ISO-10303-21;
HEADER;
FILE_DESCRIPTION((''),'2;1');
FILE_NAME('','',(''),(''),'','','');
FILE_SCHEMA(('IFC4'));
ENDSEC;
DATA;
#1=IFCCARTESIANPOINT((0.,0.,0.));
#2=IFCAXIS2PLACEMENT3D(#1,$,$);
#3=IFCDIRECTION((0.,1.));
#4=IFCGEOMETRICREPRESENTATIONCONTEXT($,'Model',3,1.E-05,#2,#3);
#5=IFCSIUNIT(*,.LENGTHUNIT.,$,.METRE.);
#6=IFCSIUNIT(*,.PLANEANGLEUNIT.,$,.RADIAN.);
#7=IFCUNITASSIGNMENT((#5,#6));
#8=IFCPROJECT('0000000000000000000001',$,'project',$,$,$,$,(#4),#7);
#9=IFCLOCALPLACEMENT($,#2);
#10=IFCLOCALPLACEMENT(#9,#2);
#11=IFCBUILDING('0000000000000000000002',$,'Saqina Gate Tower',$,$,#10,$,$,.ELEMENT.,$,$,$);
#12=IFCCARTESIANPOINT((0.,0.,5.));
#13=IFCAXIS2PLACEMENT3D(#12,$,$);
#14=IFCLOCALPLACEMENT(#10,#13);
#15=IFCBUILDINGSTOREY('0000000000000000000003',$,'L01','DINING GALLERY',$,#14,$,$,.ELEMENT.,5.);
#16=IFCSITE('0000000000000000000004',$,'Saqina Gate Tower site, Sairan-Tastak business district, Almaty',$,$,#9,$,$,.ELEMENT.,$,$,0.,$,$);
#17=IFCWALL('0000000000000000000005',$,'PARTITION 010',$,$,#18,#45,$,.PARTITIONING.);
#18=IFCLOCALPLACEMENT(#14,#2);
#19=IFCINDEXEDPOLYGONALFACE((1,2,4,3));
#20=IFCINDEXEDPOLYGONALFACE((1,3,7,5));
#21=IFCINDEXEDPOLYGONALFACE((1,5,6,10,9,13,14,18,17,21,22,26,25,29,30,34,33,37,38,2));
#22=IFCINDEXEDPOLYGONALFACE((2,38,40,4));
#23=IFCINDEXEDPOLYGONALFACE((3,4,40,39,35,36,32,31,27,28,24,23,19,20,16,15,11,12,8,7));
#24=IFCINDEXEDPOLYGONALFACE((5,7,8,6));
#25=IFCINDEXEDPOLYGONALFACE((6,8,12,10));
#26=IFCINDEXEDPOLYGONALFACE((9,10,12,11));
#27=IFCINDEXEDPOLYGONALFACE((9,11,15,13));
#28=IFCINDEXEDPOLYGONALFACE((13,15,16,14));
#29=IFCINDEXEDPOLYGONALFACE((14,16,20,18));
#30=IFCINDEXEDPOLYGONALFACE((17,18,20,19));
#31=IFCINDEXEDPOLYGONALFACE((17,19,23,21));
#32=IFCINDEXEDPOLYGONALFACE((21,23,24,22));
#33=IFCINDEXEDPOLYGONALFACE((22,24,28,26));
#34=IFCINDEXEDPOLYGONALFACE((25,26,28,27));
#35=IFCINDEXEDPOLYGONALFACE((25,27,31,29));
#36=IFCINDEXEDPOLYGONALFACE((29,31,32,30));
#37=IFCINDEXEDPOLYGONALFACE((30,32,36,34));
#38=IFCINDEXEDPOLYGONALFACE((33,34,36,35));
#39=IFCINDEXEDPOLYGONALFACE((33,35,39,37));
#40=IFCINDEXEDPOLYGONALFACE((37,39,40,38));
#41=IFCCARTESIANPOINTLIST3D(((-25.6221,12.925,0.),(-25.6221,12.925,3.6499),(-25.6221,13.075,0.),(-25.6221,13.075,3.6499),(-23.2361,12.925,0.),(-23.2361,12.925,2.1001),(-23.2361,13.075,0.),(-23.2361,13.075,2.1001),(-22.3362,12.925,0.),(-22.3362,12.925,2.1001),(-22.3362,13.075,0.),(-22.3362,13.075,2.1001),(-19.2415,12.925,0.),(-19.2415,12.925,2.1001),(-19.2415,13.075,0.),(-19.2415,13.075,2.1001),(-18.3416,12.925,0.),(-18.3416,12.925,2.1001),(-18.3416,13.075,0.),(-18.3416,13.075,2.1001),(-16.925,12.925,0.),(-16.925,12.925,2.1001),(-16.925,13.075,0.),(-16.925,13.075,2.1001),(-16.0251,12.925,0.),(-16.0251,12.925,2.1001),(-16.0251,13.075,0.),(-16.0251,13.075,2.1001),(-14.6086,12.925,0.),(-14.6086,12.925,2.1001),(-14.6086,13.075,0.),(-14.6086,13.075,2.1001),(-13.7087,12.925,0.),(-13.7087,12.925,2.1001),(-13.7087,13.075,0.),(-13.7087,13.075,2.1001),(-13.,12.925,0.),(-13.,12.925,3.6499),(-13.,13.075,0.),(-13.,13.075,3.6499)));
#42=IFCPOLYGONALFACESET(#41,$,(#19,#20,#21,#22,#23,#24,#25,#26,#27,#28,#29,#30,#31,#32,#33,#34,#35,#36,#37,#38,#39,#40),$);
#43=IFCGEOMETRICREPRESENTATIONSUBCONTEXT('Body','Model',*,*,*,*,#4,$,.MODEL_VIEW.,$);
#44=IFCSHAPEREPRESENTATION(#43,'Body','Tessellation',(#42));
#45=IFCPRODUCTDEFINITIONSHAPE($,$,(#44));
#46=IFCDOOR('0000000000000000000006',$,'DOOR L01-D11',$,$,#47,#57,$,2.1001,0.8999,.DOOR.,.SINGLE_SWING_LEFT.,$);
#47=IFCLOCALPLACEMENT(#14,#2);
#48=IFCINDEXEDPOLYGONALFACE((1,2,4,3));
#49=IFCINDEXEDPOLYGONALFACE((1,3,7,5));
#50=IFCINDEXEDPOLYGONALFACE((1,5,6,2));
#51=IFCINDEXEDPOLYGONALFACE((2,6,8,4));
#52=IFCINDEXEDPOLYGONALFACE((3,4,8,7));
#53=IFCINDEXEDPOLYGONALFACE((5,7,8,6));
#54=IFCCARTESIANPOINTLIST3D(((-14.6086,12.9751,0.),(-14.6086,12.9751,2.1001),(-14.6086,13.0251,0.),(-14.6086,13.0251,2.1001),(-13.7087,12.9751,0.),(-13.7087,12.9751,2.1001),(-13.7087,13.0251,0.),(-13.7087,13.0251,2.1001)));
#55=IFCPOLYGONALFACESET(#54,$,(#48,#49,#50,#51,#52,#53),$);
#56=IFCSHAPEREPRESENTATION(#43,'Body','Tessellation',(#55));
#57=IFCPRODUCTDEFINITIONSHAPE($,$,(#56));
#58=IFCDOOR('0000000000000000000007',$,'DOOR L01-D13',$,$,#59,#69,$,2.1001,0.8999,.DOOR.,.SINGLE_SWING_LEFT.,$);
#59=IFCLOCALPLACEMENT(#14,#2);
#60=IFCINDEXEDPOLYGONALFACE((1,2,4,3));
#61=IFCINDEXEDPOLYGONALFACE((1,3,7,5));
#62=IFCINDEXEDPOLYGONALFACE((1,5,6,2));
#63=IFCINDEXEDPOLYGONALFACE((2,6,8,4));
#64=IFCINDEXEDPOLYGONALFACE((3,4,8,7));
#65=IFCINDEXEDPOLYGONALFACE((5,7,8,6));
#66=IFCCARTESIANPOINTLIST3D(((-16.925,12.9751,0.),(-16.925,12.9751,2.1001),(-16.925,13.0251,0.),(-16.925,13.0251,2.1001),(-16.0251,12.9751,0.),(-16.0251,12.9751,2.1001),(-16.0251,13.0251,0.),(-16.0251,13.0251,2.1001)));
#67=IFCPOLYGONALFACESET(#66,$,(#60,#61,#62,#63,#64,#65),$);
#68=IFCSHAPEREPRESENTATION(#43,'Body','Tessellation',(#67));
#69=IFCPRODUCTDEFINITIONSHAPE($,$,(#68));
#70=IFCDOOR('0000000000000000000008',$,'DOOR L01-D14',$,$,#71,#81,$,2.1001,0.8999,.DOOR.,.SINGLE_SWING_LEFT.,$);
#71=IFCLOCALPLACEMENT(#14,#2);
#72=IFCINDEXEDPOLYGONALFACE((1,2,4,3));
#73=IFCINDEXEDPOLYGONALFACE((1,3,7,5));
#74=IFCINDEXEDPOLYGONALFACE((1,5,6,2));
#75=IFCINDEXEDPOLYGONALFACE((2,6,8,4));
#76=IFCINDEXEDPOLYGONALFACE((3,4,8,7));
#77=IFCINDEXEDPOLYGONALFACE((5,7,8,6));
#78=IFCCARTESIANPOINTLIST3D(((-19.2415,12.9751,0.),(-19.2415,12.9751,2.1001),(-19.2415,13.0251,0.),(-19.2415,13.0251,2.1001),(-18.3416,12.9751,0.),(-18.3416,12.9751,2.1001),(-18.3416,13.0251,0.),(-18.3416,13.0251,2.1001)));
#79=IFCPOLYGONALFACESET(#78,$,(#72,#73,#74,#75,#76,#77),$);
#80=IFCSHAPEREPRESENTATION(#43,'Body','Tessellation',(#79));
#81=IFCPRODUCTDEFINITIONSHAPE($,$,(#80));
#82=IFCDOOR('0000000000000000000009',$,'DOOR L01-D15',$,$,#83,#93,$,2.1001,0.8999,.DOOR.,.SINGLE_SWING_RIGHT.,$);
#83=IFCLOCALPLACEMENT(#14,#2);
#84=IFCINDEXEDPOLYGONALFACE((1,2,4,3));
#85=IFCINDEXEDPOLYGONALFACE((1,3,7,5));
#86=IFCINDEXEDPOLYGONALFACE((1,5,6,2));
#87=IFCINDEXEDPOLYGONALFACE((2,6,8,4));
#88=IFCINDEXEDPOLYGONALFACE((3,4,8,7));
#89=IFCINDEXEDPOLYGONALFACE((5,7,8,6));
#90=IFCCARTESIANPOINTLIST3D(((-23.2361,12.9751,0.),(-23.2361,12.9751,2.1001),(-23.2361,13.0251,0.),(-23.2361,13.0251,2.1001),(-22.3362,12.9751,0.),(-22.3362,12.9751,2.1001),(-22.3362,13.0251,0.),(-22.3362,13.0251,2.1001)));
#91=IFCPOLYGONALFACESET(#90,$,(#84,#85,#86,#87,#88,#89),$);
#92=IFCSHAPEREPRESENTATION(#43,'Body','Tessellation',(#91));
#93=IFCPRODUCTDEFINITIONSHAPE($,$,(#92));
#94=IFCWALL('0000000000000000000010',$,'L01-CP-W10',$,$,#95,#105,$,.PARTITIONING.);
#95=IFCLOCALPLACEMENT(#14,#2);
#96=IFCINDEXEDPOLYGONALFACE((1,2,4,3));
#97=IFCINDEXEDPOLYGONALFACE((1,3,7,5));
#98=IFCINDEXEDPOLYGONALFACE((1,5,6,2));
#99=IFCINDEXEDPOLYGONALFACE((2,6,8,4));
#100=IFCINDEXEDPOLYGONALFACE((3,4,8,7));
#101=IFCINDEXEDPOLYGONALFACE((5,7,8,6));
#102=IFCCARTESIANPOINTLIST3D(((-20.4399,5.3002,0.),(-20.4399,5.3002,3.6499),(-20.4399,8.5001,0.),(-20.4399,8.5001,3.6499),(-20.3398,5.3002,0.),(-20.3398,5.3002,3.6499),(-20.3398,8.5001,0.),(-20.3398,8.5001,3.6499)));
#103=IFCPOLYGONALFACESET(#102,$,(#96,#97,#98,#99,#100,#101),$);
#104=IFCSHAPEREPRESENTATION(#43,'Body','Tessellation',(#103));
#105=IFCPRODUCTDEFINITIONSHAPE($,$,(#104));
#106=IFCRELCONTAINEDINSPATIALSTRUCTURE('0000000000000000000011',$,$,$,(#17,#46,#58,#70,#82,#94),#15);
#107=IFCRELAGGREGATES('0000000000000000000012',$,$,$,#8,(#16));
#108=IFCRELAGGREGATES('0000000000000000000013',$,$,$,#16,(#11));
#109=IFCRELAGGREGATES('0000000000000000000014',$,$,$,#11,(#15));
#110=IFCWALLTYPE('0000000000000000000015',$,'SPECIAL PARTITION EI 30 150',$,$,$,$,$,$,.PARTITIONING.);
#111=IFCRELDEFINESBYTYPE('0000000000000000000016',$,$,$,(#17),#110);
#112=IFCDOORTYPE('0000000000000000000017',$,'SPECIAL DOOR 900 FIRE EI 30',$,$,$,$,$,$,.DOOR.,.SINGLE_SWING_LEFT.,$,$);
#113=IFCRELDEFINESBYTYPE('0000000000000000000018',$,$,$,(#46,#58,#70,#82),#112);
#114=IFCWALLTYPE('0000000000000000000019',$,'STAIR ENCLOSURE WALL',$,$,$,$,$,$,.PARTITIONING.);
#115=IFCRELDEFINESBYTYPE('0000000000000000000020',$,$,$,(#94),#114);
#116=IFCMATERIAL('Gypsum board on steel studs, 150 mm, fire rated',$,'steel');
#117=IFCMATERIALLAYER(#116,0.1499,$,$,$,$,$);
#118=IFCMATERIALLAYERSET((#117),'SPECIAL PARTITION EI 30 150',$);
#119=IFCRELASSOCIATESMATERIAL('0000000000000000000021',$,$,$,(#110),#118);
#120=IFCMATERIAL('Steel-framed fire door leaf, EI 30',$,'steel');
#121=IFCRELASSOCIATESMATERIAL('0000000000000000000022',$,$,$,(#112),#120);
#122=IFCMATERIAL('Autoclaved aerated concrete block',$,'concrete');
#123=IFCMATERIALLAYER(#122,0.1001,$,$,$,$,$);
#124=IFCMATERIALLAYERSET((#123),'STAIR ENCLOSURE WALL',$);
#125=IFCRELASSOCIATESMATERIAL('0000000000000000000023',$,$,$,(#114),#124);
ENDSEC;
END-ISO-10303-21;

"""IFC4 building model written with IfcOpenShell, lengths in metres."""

from ifc_helpers import new_model, si_unit, direction, frame, frame_2d, origin, place, context, subcontext, project, spatial, rectangle, extrude, material, layer, layer_set, type_object, element, fill, save


model = new_model("IFC4")

# Units and contexts
model_context = context("Model", 3, precision=1e-05, world=origin(), true_north=direction((0.0, 1.0)))
body_context = subcontext(model_context, "Body", "Model", "MODEL_VIEW")
ifc_project = project(units=[si_unit("LENGTHUNIT", "METRE"), si_unit("PLANEANGLEUNIT", "RADIAN")], contexts=[model_context])

# Site, building, storey
site_placement = place(None, origin())
site = spatial("IfcSite", under=ifc_project, at=site_placement, Name="Saqina Gate Tower site, Sairan-Tastak business district, Almaty", CompositionType="ELEMENT", RefElevation=0.0)
building_placement = place(site_placement, origin())
building = spatial("IfcBuilding", under=site, at=building_placement, Name="Saqina Gate Tower", CompositionType="ELEMENT")
storey_placement = place(building_placement, frame((0.0, 0.0, 5.0)))
storey = spatial("IfcBuildingStorey", under=building, at=storey_placement, Name="L01", Description="DINING GALLERY", CompositionType="ELEMENT", Elevation=5.0)

# Wall, openings, doors
ifc_material_1 = material(Name="Gypsum board on steel studs, 150 mm, fire rated", Category="steel")
ifc_layer_1 = layer(ifc_material_1, 0.1499)
ifc_layer_set_1 = layer_set([ifc_layer_1], Name="SPECIAL PARTITION EI 30 150")
wall_type_1 = type_object("IfcWallType", Name="SPECIAL PARTITION EI 30 150", PredefinedType="PARTITIONING", material=ifc_layer_set_1)
wall_1_placement = place(storey_placement, frame((-25.6221, 13.0, 0.0), z_axis=(0.0, 0.0, 1.0), x_axis=(1.0, 0.0, 0.0)))
wall_1 = element("IfcWall", 1, at=wall_1_placement, inside=storey, type_object=wall_type_1, Name="PARTITION 010", PredefinedType="PARTITIONING", context=body_context, shape_type="SweptSolid", body=[
    extrude(rectangle(XDim=12.6221, YDim=0.1499, at=frame_2d((6.311, 0.0))), origin(), (0.0, 0.0, 1.0), 3.6499),
])
opening_1_placement = place(wall_1_placement, frame((11.0134, 0.0, 0.0)))
opening_1 = element("IfcOpeningElement", 2, at=opening_1_placement, cuts=wall_1, PredefinedType="OPENING", context=body_context, shape_type="SweptSolid", body=[
    extrude(rectangle(XDim=0.8999, YDim=2.1001, at=frame_2d((0.45, 1.05))), frame((0.0, 0.0869, 0.0), z_axis=(0.0, -1.0, 0.0), x_axis=(1.0, 0.0, 0.0)), (0.0, 0.0, 1.0), 0.1738),
])
opening_2_placement = place(wall_1_placement, frame((8.697, 0.0, 0.0)))
opening_2 = element("IfcOpeningElement", 3, at=opening_2_placement, cuts=wall_1, PredefinedType="OPENING", context=body_context, shape_type="SweptSolid", body=[
    extrude(rectangle(XDim=0.8999, YDim=2.1001, at=frame_2d((0.45, 1.05))), frame((0.0, 0.0869, 0.0), z_axis=(0.0, -1.0, 0.0), x_axis=(1.0, 0.0, 0.0)), (0.0, 0.0, 1.0), 0.1738),
])
opening_3_placement = place(wall_1_placement, frame((6.3806, 0.0, 0.0)))
opening_3 = element("IfcOpeningElement", 4, at=opening_3_placement, cuts=wall_1, PredefinedType="OPENING", context=body_context, shape_type="SweptSolid", body=[
    extrude(rectangle(XDim=0.8999, YDim=2.1001, at=frame_2d((0.45, 1.05))), frame((0.0, 0.0869, 0.0), z_axis=(0.0, -1.0, 0.0), x_axis=(1.0, 0.0, 0.0)), (0.0, 0.0, 1.0), 0.1738),
])
opening_4_placement = place(wall_1_placement, frame((2.386, 0.0, 0.0)))
opening_4 = element("IfcOpeningElement", 5, at=opening_4_placement, cuts=wall_1, PredefinedType="OPENING", context=body_context, shape_type="SweptSolid", body=[
    extrude(rectangle(XDim=0.8999, YDim=2.1001, at=frame_2d((0.45, 1.05))), frame((0.0, 0.0869, 0.0), z_axis=(0.0, -1.0, 0.0), x_axis=(1.0, 0.0, 0.0)), (0.0, 0.0, 1.0), 0.1738),
])
ifc_material_2 = material(Name="Steel-framed fire door leaf, EI 30", Category="steel")
door_type_1 = type_object("IfcDoorType", Name="SPECIAL DOOR 900 FIRE EI 30", OperationType="SINGLE_SWING_LEFT", PredefinedType="DOOR", material=ifc_material_2)
door_1_placement = place(opening_1_placement, frame((0.8999, 0.0, 0.0), z_axis=(0.0, 0.0, 1.0), x_axis=(-1.0, 0.0, 0.0)))
door_1 = element("IfcDoor", 6, at=door_1_placement, inside=storey, type_object=door_type_1, Name="DOOR L01-D11", OperationType="SINGLE_SWING_LEFT", OverallHeight=2.1001, OverallWidth=0.8999, PredefinedType="DOOR", context=body_context, shape_type="SweptSolid", body=[
    extrude(rectangle(XDim=0.8999, YDim=2.1001, at=frame_2d((0.45, 1.05))), frame((0.0, 0.0249, 0.0), z_axis=(0.0, -1.0, 0.0), x_axis=(1.0, 0.0, 0.0)), (0.0, 0.0, 1.0), 0.05),
])
fill(opening_1, door_1)
door_2_placement = place(opening_2_placement, frame((0.8999, 0.0, 0.0), z_axis=(0.0, 0.0, 1.0), x_axis=(-1.0, 0.0, 0.0)))
door_2 = element("IfcDoor", 7, at=door_2_placement, inside=storey, type_object=door_type_1, Name="DOOR L01-D13", OperationType="SINGLE_SWING_LEFT", OverallHeight=2.1001, OverallWidth=0.8999, PredefinedType="DOOR", context=body_context, shape_type="SweptSolid", body=[
    extrude(rectangle(XDim=0.8999, YDim=2.1001, at=frame_2d((0.45, 1.05))), frame((0.0, 0.0249, 0.0), z_axis=(0.0, -1.0, 0.0), x_axis=(1.0, 0.0, 0.0)), (0.0, 0.0, 1.0), 0.05),
])
fill(opening_2, door_2)
door_3_placement = place(opening_3_placement, frame((0.8999, 0.0, 0.0), z_axis=(0.0, 0.0, 1.0), x_axis=(-1.0, 0.0, 0.0)))
door_3 = element("IfcDoor", 8, at=door_3_placement, inside=storey, type_object=door_type_1, Name="DOOR L01-D14", OperationType="SINGLE_SWING_LEFT", OverallHeight=2.1001, OverallWidth=0.8999, PredefinedType="DOOR", context=body_context, shape_type="SweptSolid", body=[
    extrude(rectangle(XDim=0.8999, YDim=2.1001, at=frame_2d((0.45, 1.05))), frame((0.0, 0.0249, 0.0), z_axis=(0.0, -1.0, 0.0), x_axis=(1.0, 0.0, 0.0)), (0.0, 0.0, 1.0), 0.05),
])
fill(opening_3, door_3)
door_4_placement = place(opening_4_placement, frame((0.8999, 0.0, 0.0), z_axis=(0.0, 0.0, 1.0), x_axis=(-1.0, 0.0, 0.0)))
door_4 = element("IfcDoor", 9, at=door_4_placement, inside=storey, type_object=door_type_1, Name="DOOR L01-D15", OperationType="SINGLE_SWING_RIGHT", OverallHeight=2.1001, OverallWidth=0.8999, PredefinedType="DOOR", context=body_context, shape_type="SweptSolid", body=[
    extrude(rectangle(XDim=0.8999, YDim=2.1001, at=frame_2d((0.45, 1.05))), frame((0.0, 0.0249, 0.0), z_axis=(0.0, -1.0, 0.0), x_axis=(1.0, 0.0, 0.0)), (0.0, 0.0, 1.0), 0.05),
])
fill(opening_4, door_4)

# Wall
ifc_material_3 = material(Name="Autoclaved aerated concrete block", Category="concrete")
ifc_layer_2 = layer(ifc_material_3, 0.1001)
ifc_layer_set_2 = layer_set([ifc_layer_2], Name="STAIR ENCLOSURE WALL")
wall_type_2 = type_object("IfcWallType", Name="STAIR ENCLOSURE WALL", PredefinedType="PARTITIONING", material=ifc_layer_set_2)
wall_2_placement = place(storey_placement, frame((-20.3899, 5.3, 0.0), z_axis=(0.0, 0.0, 1.0), x_axis=(0.0, 1.0, 0.0)))
element("IfcWall", 10, at=wall_2_placement, inside=storey, type_object=wall_type_2, Name="L01-CP-W10", PredefinedType="PARTITIONING", context=body_context, shape_type="SweptSolid", body=[
    extrude(rectangle(XDim=3.2, YDim=0.1001, at=frame_2d((1.6001, 0.0))), origin(), (0.0, 0.0, 1.0), 3.6499),
])

save(model, "model.ifc")
